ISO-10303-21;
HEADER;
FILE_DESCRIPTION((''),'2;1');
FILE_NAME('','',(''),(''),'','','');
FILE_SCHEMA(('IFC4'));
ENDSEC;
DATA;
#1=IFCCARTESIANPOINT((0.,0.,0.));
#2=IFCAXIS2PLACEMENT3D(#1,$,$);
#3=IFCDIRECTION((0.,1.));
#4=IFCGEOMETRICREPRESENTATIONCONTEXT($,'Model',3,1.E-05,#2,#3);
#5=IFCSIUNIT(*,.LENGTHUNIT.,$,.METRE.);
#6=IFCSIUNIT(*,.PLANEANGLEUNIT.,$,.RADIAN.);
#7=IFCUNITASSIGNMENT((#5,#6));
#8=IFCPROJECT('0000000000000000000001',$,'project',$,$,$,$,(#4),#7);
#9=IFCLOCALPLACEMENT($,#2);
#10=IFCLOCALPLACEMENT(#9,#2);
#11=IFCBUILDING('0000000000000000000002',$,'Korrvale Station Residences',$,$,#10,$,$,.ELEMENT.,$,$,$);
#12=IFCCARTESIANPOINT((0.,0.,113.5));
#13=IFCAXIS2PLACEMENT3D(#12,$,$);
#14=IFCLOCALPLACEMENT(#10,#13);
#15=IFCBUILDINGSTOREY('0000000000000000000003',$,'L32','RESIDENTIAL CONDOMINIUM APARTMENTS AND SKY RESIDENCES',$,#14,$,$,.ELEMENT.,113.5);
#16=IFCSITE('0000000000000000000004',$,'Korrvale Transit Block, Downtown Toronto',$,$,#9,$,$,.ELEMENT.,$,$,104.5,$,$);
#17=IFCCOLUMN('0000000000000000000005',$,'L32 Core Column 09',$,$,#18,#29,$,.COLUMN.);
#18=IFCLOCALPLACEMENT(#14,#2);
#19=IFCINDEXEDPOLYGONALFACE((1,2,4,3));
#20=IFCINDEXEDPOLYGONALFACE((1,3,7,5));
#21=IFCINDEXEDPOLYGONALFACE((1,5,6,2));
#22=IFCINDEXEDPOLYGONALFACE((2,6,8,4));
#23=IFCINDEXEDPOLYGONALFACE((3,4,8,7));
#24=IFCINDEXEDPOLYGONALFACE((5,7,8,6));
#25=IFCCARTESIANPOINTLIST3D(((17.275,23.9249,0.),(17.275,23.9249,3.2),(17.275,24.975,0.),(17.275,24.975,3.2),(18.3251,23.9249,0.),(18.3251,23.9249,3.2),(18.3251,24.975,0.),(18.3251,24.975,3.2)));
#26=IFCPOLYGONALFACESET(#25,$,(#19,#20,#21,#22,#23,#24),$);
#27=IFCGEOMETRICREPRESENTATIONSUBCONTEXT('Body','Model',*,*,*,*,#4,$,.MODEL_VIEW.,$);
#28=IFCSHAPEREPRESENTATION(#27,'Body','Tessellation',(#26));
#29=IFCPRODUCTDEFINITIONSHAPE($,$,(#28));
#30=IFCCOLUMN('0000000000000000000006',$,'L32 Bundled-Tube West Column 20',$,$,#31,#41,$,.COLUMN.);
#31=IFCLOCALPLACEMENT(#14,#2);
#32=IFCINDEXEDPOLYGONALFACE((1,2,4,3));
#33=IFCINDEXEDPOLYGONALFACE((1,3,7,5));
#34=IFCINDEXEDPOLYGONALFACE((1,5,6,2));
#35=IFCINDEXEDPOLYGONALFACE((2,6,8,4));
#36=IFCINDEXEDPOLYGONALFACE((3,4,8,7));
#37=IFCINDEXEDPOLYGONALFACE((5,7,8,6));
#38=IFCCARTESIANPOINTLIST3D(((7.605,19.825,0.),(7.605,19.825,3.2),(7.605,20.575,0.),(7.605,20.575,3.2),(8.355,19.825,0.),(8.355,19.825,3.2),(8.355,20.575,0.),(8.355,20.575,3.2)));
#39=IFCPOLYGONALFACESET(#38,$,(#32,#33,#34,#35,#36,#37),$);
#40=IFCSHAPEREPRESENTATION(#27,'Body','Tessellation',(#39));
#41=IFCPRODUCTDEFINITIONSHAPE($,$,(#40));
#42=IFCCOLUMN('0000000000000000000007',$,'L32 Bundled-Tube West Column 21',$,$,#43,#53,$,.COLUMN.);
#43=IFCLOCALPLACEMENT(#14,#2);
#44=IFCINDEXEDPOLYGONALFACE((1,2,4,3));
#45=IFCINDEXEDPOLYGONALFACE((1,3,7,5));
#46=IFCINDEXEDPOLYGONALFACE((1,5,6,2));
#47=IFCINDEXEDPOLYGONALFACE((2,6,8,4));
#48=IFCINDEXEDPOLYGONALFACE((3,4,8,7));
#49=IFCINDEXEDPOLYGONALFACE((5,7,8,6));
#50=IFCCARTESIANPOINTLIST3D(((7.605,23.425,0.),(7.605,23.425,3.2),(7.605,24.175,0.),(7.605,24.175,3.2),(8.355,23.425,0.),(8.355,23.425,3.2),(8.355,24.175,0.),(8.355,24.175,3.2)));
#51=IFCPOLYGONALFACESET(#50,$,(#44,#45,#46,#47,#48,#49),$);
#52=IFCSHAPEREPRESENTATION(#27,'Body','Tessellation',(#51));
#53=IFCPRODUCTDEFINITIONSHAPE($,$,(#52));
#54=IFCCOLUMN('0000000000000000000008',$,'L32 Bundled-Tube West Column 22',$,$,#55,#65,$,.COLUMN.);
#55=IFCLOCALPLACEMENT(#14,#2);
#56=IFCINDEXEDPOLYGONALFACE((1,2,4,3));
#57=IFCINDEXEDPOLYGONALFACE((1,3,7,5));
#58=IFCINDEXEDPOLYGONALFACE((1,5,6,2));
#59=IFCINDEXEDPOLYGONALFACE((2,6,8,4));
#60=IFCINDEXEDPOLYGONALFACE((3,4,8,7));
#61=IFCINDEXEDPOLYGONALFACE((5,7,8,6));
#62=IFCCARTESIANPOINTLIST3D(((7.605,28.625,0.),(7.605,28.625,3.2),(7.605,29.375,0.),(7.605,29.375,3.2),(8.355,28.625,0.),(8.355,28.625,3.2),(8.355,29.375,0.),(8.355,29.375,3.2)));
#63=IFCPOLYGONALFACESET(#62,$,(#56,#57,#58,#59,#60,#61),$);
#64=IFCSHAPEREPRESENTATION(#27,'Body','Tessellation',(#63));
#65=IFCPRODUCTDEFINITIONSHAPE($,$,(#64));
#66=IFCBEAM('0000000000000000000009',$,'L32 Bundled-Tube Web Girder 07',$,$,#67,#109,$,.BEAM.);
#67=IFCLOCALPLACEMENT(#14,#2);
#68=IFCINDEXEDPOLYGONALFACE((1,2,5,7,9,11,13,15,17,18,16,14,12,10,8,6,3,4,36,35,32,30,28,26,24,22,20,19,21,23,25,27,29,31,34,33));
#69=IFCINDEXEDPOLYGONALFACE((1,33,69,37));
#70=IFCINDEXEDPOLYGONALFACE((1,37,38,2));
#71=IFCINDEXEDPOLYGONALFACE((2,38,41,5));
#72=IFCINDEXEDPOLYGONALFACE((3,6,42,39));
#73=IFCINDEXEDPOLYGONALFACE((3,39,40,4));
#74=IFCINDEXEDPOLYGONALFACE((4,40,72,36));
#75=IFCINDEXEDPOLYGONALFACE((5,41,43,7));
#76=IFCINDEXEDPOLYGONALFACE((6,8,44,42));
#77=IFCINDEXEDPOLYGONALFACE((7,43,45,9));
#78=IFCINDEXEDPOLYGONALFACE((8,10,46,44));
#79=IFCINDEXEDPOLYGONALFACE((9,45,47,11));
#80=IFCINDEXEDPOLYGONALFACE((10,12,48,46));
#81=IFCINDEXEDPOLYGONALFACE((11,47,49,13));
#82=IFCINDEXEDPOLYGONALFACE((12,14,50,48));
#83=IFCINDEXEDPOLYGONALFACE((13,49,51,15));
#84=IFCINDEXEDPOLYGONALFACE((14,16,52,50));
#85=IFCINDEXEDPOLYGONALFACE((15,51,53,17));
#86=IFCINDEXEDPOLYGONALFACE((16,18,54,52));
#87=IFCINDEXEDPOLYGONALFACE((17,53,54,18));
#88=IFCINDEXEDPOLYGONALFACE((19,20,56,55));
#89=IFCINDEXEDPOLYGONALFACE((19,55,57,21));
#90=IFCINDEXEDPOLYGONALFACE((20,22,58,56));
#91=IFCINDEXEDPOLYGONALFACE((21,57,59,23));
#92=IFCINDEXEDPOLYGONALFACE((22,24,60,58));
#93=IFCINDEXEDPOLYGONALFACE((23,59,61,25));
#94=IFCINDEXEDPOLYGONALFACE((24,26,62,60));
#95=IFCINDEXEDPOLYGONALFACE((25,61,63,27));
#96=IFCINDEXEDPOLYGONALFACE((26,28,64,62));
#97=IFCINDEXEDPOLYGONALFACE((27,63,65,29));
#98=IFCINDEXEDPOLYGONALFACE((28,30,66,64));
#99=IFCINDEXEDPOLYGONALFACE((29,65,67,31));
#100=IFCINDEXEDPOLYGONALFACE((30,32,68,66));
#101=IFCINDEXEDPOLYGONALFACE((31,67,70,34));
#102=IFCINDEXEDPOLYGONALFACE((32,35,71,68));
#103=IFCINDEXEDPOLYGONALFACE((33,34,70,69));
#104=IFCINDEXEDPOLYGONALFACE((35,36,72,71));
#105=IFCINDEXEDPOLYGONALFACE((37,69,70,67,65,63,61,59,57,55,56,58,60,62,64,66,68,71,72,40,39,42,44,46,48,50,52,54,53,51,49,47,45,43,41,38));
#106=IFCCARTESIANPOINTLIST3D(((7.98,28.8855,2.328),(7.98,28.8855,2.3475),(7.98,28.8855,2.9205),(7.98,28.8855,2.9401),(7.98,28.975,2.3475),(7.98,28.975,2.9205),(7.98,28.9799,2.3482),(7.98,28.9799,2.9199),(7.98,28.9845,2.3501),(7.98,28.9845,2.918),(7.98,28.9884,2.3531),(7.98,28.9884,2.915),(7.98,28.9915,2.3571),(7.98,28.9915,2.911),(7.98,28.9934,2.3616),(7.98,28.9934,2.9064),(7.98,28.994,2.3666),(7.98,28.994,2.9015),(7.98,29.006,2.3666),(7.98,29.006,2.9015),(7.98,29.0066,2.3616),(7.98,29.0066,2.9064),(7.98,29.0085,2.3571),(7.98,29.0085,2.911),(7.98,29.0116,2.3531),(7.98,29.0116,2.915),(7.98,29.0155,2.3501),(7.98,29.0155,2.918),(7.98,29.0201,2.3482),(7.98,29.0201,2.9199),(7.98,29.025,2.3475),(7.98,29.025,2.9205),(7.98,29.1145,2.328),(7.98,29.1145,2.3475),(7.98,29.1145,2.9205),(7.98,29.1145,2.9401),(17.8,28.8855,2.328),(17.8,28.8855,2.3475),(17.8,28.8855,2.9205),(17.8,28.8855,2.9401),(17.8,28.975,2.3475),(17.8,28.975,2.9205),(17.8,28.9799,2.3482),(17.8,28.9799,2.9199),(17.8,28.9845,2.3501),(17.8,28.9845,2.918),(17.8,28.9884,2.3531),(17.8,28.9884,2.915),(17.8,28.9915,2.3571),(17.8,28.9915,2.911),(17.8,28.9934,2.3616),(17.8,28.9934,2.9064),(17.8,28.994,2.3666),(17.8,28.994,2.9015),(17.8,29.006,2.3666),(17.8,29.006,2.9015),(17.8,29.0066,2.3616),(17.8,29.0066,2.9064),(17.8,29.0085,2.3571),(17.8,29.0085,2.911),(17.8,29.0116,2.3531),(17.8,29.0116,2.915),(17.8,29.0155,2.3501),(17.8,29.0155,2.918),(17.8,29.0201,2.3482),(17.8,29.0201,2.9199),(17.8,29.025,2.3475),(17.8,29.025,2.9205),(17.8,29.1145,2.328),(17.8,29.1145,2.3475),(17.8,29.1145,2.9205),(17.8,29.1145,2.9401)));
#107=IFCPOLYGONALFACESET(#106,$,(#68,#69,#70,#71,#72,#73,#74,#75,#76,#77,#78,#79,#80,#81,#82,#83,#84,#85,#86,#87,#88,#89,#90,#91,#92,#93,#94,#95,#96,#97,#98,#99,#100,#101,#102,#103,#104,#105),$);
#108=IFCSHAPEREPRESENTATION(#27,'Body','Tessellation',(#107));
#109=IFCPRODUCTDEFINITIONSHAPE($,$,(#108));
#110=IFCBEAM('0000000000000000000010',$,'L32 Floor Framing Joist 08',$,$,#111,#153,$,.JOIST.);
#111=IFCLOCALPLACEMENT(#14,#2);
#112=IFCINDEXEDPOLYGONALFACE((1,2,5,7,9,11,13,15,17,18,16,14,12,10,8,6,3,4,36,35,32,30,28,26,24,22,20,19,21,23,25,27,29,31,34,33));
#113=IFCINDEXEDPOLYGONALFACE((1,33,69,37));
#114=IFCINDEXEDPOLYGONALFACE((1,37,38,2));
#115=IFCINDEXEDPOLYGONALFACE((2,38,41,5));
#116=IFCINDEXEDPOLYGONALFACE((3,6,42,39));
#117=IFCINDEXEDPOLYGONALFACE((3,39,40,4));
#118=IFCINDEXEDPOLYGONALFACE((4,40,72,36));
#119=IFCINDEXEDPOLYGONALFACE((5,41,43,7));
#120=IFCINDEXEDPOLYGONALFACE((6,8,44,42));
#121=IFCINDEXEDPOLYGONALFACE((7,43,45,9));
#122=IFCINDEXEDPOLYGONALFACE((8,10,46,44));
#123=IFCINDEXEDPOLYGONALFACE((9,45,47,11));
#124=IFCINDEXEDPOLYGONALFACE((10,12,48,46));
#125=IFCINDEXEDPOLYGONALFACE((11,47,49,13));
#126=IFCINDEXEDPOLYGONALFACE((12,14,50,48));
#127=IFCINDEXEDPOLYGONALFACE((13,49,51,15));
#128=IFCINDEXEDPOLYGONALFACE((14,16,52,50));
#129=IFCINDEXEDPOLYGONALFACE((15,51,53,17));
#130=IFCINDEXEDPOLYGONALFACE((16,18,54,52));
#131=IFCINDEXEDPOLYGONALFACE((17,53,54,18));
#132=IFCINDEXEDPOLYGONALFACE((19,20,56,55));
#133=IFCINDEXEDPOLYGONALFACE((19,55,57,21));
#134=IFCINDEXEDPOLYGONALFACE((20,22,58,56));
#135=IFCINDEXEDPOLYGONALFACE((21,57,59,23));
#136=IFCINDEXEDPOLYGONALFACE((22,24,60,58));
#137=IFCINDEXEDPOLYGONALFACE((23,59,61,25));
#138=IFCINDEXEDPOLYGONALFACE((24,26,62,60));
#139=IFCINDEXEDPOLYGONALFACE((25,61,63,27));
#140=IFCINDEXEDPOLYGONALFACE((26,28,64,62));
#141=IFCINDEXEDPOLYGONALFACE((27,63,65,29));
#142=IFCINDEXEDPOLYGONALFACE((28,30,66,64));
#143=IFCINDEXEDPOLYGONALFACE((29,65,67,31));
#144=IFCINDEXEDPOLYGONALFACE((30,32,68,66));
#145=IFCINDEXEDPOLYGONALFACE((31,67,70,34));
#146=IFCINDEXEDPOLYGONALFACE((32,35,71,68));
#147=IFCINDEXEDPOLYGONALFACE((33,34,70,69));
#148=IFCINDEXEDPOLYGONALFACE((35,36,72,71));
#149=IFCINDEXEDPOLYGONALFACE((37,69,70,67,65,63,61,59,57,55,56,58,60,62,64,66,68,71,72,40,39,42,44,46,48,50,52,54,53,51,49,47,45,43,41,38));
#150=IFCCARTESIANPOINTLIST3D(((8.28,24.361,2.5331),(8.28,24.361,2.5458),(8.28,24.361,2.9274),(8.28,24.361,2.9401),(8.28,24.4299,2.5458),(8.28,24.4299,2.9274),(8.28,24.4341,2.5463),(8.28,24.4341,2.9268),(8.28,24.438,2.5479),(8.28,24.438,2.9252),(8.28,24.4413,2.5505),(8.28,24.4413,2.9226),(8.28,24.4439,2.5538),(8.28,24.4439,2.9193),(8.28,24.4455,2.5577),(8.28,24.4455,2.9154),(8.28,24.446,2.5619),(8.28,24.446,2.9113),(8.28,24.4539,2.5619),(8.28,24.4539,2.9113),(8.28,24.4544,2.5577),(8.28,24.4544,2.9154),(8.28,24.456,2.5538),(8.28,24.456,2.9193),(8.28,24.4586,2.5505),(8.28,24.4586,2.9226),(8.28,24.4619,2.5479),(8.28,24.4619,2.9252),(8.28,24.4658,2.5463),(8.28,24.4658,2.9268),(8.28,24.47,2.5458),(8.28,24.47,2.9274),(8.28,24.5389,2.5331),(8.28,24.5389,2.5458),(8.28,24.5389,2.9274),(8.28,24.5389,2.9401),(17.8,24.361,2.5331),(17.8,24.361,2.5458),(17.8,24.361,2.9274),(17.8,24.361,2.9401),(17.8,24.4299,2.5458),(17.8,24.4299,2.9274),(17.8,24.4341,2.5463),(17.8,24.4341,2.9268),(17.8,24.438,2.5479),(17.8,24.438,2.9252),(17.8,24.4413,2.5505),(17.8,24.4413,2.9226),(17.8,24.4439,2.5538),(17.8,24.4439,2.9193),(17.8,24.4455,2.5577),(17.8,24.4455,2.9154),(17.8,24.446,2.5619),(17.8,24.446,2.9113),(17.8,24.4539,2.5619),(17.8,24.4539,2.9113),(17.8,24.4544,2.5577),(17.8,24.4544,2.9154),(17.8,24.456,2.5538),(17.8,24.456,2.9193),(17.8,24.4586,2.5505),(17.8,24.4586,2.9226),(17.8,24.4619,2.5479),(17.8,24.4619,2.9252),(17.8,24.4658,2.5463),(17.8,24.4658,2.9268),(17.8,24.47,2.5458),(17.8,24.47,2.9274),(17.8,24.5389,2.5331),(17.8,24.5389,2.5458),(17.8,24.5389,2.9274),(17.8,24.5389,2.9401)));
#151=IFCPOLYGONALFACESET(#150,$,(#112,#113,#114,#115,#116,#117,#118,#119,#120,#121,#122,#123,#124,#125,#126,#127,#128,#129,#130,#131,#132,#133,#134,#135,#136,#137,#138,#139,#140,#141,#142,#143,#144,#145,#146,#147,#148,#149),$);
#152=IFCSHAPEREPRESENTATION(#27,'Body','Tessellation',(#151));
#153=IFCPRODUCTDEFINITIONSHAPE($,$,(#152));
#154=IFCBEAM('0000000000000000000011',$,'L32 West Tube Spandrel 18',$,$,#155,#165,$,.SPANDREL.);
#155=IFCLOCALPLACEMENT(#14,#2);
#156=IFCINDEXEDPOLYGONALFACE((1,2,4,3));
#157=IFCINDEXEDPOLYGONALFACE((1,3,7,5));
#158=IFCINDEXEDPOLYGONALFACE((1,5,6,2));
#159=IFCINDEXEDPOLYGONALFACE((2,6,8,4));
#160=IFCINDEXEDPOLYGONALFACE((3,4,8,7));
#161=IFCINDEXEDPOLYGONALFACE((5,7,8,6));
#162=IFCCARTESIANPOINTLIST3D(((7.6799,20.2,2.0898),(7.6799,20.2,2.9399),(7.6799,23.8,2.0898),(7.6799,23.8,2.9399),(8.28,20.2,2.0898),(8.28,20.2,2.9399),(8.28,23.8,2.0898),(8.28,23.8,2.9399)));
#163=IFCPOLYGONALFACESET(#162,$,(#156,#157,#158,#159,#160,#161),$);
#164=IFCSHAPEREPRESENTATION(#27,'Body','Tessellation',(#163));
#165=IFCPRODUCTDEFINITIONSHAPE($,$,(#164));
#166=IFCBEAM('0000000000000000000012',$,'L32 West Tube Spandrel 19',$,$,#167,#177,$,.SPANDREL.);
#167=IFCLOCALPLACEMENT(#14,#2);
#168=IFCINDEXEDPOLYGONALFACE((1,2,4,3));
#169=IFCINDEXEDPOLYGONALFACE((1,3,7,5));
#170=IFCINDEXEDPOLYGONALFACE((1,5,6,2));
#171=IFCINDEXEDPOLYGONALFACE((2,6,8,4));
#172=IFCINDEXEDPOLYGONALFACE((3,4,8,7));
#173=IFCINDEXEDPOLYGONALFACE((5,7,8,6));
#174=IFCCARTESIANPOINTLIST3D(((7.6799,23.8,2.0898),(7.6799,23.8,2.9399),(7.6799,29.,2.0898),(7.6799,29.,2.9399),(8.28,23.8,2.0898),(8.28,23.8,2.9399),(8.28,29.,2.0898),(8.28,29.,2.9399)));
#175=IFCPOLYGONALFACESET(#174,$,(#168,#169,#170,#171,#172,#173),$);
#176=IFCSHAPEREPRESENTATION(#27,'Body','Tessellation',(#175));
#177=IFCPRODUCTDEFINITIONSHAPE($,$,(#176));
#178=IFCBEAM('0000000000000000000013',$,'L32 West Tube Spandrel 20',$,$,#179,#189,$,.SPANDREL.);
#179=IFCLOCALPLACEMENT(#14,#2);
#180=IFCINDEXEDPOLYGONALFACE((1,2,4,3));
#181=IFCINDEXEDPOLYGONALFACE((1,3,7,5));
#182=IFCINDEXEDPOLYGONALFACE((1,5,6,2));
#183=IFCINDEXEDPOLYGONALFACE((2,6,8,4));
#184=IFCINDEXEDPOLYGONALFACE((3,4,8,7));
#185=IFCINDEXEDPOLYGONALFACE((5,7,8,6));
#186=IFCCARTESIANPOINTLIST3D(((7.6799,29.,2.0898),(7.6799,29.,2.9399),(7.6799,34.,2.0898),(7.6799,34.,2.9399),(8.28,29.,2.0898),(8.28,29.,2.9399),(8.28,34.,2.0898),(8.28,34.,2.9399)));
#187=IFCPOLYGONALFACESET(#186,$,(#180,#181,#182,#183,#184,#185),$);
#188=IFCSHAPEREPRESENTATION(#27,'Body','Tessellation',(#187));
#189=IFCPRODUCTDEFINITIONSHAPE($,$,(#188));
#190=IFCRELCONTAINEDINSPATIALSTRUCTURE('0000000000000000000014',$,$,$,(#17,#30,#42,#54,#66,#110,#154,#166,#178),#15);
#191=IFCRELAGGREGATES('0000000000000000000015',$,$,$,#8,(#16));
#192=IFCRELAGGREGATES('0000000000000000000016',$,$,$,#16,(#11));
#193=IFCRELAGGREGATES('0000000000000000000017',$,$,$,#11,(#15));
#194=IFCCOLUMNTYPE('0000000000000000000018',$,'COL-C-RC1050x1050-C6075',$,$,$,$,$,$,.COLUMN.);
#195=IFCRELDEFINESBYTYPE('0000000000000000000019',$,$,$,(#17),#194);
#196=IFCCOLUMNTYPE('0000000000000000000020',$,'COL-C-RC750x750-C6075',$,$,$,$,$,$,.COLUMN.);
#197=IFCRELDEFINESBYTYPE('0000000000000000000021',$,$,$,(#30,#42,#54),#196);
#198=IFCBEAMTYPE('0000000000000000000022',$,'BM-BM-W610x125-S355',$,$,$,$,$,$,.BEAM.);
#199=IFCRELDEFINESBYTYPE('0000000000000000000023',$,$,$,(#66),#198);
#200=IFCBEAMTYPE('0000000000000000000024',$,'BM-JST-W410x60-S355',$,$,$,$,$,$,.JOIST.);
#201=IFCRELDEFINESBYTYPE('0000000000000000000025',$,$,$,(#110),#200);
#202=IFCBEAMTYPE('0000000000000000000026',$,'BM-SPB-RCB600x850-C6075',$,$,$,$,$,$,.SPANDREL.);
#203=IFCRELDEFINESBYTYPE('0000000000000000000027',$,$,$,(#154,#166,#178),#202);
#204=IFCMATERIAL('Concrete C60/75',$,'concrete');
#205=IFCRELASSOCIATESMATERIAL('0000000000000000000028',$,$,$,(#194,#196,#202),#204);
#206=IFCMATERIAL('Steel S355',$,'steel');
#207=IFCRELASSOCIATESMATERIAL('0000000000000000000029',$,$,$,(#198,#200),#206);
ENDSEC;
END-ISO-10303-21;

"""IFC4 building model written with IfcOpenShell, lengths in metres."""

from ifc_helpers import new_model, si_unit, direction, frame, origin, origin_2d, place, context, subcontext, project, spatial, rectangle, i_section, extrude, material, material_profile, profile_set, type_object, element, save


model = new_model("IFC4")

# Units and contexts
model_context = context("Model", 3, precision=1e-05, world=origin(), true_north=direction((0.0, 1.0)))
body_context = subcontext(model_context, "Body", "Model", "MODEL_VIEW")
ifc_project = project(units=[si_unit("LENGTHUNIT", "METRE"), si_unit("PLANEANGLEUNIT", "RADIAN")], contexts=[model_context])

# Site, building, storey
site_placement = place(None, origin())
site = spatial("IfcSite", under=ifc_project, at=site_placement, Name="Korrvale Transit Block, Downtown Toronto", CompositionType="ELEMENT", RefElevation=104.5)
building_placement = place(site_placement, origin())
building = spatial("IfcBuilding", under=site, at=building_placement, Name="Korrvale Station Residences", CompositionType="ELEMENT")
storey_placement = place(building_placement, frame((0.0, 0.0, 113.5)))
storey = spatial("IfcBuildingStorey", under=building, at=storey_placement, Name="L32", Description="RESIDENTIAL CONDOMINIUM APARTMENTS AND SKY RESIDENCES", CompositionType="ELEMENT", Elevation=113.5)

# Columns
ifc_material_1 = material(Name="Concrete C60/75", Category="concrete")
ifc_material_profile_1 = material_profile(ifc_material_1, rectangle(XDim=1.05, YDim=1.05, at=origin_2d()), Name="RC1050x1050")
ifc_profile_set_1 = profile_set([ifc_material_profile_1], Name="Concrete C60/75")
column_type_1 = type_object("IfcColumnType", Name="COL-C-RC1050x1050-C6075", PredefinedType="COLUMN", material=ifc_profile_set_1)
column_placement = place(storey_placement, frame((17.8, 24.45, 0.0), z_axis=(0.0, 0.0, 1.0), x_axis=(1.0, 0.0, 0.0)))
element("IfcColumn", 1, at=column_placement, inside=storey, type_object=column_type_1, Name="L32 Core Column 09", PredefinedType="COLUMN", context=body_context, shape_type="SweptSolid", body=[
    extrude(rectangle(XDim=1.05, YDim=1.05, at=origin_2d()), origin(), (0.0, 0.0, 1.0), 3.2),
])
ifc_material_profile_2 = material_profile(ifc_material_1, rectangle(XDim=0.75, YDim=0.75, at=origin_2d()), Name="RC750x750")
ifc_profile_set_2 = profile_set([ifc_material_profile_2], Name="Concrete C60/75")
column_type_2 = type_object("IfcColumnType", Name="COL-C-RC750x750-C6075", PredefinedType="COLUMN", material=ifc_profile_set_2)
for number, where, z_axis, x_axis, name in (
    (2, (7.98, 20.2, 0.0), (0.0, 0.0, 1.0), (1.0, 0.0, 0.0), "L32 Bundled-Tube West Column 20"),
    (3, (7.98, 23.8, 0.0), (0.0, 0.0, 1.0), (1.0, 0.0, 0.0), "L32 Bundled-Tube West Column 21"),
    (4, (7.98, 29.0, 0.0), (0.0, 0.0, 1.0), (1.0, 0.0, 0.0), "L32 Bundled-Tube West Column 22"),
):
    element("IfcColumn", number, at=place(storey_placement, frame(where, z_axis=z_axis, x_axis=x_axis)), inside=storey, type_object=column_type_2, Name=name, PredefinedType="COLUMN", context=body_context, shape_type="SweptSolid", body=[
        extrude(rectangle(XDim=0.75, YDim=0.75, at=origin_2d()), origin(), (0.0, 0.0, 1.0), 3.2),
    ])

# Beams
ifc_material_2 = material(Name="Steel S355", Category="steel")
ifc_material_profile_3 = material_profile(ifc_material_2, i_section(OverallWidth=0.229, OverallDepth=0.6121, WebThickness=0.012, FlangeThickness=0.0195, FilletRadius=0.019, at=origin_2d()), Name="W610x125")
ifc_profile_set_3 = profile_set([ifc_material_profile_3], Name="Steel S355")
beam_type_1 = type_object("IfcBeamType", Name="BM-BM-W610x125-S355", PredefinedType="BEAM", material=ifc_profile_set_3)
beam_1_placement = place(storey_placement, frame((7.98, 29.0, 2.634), z_axis=(1.0, 0.0, 0.0), x_axis=(0.0, 1.0, 0.0)))
element("IfcBeam", 5, at=beam_1_placement, inside=storey, type_object=beam_type_1, Name="L32 Bundled-Tube Web Girder 07", PredefinedType="BEAM", context=body_context, shape_type="SweptSolid", body=[
    extrude(i_section(OverallWidth=0.229, OverallDepth=0.6121, WebThickness=0.012, FlangeThickness=0.0195, FilletRadius=0.019, at=origin_2d()), origin(), (0.0, 0.0, 1.0), 9.8201),
])
ifc_material_profile_4 = material_profile(ifc_material_2, i_section(OverallWidth=0.178, OverallDepth=0.407, WebThickness=0.0078, FlangeThickness=0.0127, FilletRadius=0.0161, at=origin_2d()), Name="W410x60")
ifc_profile_set_4 = profile_set([ifc_material_profile_4], Name="Steel S355")
beam_type_2 = type_object("IfcBeamType", Name="BM-JST-W410x60-S355", PredefinedType="JOIST", material=ifc_profile_set_4)
beam_2_placement = place(storey_placement, frame((8.28, 24.45, 2.7366), z_axis=(1.0, 0.0, 0.0), x_axis=(0.0, 1.0, 0.0)))
element("IfcBeam", 6, at=beam_2_placement, inside=storey, type_object=beam_type_2, Name="L32 Floor Framing Joist 08", PredefinedType="JOIST", context=body_context, shape_type="SweptSolid", body=[
    extrude(i_section(OverallWidth=0.178, OverallDepth=0.407, WebThickness=0.0078, FlangeThickness=0.0127, FilletRadius=0.0161, at=origin_2d()), origin(), (0.0, 0.0, 1.0), 9.52),
])
ifc_material_profile_5 = material_profile(ifc_material_1, rectangle(XDim=0.6001, YDim=0.8501, at=origin_2d()), Name="RCB600x850")
ifc_profile_set_5 = profile_set([ifc_material_profile_5], Name="Concrete C60/75")
beam_type_3 = type_object("IfcBeamType", Name="BM-SPB-RCB600x850-C6075", PredefinedType="SPANDREL", material=ifc_profile_set_5)
beam_3_placement = place(storey_placement, frame((7.98, 20.2, 2.5149), z_axis=(0.0, 1.0, 0.0), x_axis=(-1.0, 0.0, 0.0)))
element("IfcBeam", 7, at=beam_3_placement, inside=storey, type_object=beam_type_3, Name="L32 West Tube Spandrel 18", PredefinedType="SPANDREL", context=body_context, shape_type="SweptSolid", body=[
    extrude(rectangle(XDim=0.6001, YDim=0.8501, at=origin_2d()), origin(), (0.0, 0.0, 1.0), 3.6001),
])
beam_4_placement = place(storey_placement, frame((7.98, 23.8, 2.5149), z_axis=(0.0, 1.0, 0.0), x_axis=(-1.0, 0.0, 0.0)))
element("IfcBeam", 8, at=beam_4_placement, inside=storey, type_object=beam_type_3, Name="L32 West Tube Spandrel 19", PredefinedType="SPANDREL", context=body_context, shape_type="SweptSolid", body=[
    extrude(rectangle(XDim=0.6001, YDim=0.8501, at=origin_2d()), origin(), (0.0, 0.0, 1.0), 5.2),
])
beam_5_placement = place(storey_placement, frame((7.98, 29.0, 2.5149), z_axis=(0.0, 1.0, 0.0), x_axis=(-1.0, 0.0, 0.0)))
element("IfcBeam", 9, at=beam_5_placement, inside=storey, type_object=beam_type_3, Name="L32 West Tube Spandrel 20", PredefinedType="SPANDREL", context=body_context, shape_type="SweptSolid", body=[
    extrude(rectangle(XDim=0.6001, YDim=0.8501, at=origin_2d()), origin(), (0.0, 0.0, 1.0), 5.0),
])

save(model, "model.ifc")
